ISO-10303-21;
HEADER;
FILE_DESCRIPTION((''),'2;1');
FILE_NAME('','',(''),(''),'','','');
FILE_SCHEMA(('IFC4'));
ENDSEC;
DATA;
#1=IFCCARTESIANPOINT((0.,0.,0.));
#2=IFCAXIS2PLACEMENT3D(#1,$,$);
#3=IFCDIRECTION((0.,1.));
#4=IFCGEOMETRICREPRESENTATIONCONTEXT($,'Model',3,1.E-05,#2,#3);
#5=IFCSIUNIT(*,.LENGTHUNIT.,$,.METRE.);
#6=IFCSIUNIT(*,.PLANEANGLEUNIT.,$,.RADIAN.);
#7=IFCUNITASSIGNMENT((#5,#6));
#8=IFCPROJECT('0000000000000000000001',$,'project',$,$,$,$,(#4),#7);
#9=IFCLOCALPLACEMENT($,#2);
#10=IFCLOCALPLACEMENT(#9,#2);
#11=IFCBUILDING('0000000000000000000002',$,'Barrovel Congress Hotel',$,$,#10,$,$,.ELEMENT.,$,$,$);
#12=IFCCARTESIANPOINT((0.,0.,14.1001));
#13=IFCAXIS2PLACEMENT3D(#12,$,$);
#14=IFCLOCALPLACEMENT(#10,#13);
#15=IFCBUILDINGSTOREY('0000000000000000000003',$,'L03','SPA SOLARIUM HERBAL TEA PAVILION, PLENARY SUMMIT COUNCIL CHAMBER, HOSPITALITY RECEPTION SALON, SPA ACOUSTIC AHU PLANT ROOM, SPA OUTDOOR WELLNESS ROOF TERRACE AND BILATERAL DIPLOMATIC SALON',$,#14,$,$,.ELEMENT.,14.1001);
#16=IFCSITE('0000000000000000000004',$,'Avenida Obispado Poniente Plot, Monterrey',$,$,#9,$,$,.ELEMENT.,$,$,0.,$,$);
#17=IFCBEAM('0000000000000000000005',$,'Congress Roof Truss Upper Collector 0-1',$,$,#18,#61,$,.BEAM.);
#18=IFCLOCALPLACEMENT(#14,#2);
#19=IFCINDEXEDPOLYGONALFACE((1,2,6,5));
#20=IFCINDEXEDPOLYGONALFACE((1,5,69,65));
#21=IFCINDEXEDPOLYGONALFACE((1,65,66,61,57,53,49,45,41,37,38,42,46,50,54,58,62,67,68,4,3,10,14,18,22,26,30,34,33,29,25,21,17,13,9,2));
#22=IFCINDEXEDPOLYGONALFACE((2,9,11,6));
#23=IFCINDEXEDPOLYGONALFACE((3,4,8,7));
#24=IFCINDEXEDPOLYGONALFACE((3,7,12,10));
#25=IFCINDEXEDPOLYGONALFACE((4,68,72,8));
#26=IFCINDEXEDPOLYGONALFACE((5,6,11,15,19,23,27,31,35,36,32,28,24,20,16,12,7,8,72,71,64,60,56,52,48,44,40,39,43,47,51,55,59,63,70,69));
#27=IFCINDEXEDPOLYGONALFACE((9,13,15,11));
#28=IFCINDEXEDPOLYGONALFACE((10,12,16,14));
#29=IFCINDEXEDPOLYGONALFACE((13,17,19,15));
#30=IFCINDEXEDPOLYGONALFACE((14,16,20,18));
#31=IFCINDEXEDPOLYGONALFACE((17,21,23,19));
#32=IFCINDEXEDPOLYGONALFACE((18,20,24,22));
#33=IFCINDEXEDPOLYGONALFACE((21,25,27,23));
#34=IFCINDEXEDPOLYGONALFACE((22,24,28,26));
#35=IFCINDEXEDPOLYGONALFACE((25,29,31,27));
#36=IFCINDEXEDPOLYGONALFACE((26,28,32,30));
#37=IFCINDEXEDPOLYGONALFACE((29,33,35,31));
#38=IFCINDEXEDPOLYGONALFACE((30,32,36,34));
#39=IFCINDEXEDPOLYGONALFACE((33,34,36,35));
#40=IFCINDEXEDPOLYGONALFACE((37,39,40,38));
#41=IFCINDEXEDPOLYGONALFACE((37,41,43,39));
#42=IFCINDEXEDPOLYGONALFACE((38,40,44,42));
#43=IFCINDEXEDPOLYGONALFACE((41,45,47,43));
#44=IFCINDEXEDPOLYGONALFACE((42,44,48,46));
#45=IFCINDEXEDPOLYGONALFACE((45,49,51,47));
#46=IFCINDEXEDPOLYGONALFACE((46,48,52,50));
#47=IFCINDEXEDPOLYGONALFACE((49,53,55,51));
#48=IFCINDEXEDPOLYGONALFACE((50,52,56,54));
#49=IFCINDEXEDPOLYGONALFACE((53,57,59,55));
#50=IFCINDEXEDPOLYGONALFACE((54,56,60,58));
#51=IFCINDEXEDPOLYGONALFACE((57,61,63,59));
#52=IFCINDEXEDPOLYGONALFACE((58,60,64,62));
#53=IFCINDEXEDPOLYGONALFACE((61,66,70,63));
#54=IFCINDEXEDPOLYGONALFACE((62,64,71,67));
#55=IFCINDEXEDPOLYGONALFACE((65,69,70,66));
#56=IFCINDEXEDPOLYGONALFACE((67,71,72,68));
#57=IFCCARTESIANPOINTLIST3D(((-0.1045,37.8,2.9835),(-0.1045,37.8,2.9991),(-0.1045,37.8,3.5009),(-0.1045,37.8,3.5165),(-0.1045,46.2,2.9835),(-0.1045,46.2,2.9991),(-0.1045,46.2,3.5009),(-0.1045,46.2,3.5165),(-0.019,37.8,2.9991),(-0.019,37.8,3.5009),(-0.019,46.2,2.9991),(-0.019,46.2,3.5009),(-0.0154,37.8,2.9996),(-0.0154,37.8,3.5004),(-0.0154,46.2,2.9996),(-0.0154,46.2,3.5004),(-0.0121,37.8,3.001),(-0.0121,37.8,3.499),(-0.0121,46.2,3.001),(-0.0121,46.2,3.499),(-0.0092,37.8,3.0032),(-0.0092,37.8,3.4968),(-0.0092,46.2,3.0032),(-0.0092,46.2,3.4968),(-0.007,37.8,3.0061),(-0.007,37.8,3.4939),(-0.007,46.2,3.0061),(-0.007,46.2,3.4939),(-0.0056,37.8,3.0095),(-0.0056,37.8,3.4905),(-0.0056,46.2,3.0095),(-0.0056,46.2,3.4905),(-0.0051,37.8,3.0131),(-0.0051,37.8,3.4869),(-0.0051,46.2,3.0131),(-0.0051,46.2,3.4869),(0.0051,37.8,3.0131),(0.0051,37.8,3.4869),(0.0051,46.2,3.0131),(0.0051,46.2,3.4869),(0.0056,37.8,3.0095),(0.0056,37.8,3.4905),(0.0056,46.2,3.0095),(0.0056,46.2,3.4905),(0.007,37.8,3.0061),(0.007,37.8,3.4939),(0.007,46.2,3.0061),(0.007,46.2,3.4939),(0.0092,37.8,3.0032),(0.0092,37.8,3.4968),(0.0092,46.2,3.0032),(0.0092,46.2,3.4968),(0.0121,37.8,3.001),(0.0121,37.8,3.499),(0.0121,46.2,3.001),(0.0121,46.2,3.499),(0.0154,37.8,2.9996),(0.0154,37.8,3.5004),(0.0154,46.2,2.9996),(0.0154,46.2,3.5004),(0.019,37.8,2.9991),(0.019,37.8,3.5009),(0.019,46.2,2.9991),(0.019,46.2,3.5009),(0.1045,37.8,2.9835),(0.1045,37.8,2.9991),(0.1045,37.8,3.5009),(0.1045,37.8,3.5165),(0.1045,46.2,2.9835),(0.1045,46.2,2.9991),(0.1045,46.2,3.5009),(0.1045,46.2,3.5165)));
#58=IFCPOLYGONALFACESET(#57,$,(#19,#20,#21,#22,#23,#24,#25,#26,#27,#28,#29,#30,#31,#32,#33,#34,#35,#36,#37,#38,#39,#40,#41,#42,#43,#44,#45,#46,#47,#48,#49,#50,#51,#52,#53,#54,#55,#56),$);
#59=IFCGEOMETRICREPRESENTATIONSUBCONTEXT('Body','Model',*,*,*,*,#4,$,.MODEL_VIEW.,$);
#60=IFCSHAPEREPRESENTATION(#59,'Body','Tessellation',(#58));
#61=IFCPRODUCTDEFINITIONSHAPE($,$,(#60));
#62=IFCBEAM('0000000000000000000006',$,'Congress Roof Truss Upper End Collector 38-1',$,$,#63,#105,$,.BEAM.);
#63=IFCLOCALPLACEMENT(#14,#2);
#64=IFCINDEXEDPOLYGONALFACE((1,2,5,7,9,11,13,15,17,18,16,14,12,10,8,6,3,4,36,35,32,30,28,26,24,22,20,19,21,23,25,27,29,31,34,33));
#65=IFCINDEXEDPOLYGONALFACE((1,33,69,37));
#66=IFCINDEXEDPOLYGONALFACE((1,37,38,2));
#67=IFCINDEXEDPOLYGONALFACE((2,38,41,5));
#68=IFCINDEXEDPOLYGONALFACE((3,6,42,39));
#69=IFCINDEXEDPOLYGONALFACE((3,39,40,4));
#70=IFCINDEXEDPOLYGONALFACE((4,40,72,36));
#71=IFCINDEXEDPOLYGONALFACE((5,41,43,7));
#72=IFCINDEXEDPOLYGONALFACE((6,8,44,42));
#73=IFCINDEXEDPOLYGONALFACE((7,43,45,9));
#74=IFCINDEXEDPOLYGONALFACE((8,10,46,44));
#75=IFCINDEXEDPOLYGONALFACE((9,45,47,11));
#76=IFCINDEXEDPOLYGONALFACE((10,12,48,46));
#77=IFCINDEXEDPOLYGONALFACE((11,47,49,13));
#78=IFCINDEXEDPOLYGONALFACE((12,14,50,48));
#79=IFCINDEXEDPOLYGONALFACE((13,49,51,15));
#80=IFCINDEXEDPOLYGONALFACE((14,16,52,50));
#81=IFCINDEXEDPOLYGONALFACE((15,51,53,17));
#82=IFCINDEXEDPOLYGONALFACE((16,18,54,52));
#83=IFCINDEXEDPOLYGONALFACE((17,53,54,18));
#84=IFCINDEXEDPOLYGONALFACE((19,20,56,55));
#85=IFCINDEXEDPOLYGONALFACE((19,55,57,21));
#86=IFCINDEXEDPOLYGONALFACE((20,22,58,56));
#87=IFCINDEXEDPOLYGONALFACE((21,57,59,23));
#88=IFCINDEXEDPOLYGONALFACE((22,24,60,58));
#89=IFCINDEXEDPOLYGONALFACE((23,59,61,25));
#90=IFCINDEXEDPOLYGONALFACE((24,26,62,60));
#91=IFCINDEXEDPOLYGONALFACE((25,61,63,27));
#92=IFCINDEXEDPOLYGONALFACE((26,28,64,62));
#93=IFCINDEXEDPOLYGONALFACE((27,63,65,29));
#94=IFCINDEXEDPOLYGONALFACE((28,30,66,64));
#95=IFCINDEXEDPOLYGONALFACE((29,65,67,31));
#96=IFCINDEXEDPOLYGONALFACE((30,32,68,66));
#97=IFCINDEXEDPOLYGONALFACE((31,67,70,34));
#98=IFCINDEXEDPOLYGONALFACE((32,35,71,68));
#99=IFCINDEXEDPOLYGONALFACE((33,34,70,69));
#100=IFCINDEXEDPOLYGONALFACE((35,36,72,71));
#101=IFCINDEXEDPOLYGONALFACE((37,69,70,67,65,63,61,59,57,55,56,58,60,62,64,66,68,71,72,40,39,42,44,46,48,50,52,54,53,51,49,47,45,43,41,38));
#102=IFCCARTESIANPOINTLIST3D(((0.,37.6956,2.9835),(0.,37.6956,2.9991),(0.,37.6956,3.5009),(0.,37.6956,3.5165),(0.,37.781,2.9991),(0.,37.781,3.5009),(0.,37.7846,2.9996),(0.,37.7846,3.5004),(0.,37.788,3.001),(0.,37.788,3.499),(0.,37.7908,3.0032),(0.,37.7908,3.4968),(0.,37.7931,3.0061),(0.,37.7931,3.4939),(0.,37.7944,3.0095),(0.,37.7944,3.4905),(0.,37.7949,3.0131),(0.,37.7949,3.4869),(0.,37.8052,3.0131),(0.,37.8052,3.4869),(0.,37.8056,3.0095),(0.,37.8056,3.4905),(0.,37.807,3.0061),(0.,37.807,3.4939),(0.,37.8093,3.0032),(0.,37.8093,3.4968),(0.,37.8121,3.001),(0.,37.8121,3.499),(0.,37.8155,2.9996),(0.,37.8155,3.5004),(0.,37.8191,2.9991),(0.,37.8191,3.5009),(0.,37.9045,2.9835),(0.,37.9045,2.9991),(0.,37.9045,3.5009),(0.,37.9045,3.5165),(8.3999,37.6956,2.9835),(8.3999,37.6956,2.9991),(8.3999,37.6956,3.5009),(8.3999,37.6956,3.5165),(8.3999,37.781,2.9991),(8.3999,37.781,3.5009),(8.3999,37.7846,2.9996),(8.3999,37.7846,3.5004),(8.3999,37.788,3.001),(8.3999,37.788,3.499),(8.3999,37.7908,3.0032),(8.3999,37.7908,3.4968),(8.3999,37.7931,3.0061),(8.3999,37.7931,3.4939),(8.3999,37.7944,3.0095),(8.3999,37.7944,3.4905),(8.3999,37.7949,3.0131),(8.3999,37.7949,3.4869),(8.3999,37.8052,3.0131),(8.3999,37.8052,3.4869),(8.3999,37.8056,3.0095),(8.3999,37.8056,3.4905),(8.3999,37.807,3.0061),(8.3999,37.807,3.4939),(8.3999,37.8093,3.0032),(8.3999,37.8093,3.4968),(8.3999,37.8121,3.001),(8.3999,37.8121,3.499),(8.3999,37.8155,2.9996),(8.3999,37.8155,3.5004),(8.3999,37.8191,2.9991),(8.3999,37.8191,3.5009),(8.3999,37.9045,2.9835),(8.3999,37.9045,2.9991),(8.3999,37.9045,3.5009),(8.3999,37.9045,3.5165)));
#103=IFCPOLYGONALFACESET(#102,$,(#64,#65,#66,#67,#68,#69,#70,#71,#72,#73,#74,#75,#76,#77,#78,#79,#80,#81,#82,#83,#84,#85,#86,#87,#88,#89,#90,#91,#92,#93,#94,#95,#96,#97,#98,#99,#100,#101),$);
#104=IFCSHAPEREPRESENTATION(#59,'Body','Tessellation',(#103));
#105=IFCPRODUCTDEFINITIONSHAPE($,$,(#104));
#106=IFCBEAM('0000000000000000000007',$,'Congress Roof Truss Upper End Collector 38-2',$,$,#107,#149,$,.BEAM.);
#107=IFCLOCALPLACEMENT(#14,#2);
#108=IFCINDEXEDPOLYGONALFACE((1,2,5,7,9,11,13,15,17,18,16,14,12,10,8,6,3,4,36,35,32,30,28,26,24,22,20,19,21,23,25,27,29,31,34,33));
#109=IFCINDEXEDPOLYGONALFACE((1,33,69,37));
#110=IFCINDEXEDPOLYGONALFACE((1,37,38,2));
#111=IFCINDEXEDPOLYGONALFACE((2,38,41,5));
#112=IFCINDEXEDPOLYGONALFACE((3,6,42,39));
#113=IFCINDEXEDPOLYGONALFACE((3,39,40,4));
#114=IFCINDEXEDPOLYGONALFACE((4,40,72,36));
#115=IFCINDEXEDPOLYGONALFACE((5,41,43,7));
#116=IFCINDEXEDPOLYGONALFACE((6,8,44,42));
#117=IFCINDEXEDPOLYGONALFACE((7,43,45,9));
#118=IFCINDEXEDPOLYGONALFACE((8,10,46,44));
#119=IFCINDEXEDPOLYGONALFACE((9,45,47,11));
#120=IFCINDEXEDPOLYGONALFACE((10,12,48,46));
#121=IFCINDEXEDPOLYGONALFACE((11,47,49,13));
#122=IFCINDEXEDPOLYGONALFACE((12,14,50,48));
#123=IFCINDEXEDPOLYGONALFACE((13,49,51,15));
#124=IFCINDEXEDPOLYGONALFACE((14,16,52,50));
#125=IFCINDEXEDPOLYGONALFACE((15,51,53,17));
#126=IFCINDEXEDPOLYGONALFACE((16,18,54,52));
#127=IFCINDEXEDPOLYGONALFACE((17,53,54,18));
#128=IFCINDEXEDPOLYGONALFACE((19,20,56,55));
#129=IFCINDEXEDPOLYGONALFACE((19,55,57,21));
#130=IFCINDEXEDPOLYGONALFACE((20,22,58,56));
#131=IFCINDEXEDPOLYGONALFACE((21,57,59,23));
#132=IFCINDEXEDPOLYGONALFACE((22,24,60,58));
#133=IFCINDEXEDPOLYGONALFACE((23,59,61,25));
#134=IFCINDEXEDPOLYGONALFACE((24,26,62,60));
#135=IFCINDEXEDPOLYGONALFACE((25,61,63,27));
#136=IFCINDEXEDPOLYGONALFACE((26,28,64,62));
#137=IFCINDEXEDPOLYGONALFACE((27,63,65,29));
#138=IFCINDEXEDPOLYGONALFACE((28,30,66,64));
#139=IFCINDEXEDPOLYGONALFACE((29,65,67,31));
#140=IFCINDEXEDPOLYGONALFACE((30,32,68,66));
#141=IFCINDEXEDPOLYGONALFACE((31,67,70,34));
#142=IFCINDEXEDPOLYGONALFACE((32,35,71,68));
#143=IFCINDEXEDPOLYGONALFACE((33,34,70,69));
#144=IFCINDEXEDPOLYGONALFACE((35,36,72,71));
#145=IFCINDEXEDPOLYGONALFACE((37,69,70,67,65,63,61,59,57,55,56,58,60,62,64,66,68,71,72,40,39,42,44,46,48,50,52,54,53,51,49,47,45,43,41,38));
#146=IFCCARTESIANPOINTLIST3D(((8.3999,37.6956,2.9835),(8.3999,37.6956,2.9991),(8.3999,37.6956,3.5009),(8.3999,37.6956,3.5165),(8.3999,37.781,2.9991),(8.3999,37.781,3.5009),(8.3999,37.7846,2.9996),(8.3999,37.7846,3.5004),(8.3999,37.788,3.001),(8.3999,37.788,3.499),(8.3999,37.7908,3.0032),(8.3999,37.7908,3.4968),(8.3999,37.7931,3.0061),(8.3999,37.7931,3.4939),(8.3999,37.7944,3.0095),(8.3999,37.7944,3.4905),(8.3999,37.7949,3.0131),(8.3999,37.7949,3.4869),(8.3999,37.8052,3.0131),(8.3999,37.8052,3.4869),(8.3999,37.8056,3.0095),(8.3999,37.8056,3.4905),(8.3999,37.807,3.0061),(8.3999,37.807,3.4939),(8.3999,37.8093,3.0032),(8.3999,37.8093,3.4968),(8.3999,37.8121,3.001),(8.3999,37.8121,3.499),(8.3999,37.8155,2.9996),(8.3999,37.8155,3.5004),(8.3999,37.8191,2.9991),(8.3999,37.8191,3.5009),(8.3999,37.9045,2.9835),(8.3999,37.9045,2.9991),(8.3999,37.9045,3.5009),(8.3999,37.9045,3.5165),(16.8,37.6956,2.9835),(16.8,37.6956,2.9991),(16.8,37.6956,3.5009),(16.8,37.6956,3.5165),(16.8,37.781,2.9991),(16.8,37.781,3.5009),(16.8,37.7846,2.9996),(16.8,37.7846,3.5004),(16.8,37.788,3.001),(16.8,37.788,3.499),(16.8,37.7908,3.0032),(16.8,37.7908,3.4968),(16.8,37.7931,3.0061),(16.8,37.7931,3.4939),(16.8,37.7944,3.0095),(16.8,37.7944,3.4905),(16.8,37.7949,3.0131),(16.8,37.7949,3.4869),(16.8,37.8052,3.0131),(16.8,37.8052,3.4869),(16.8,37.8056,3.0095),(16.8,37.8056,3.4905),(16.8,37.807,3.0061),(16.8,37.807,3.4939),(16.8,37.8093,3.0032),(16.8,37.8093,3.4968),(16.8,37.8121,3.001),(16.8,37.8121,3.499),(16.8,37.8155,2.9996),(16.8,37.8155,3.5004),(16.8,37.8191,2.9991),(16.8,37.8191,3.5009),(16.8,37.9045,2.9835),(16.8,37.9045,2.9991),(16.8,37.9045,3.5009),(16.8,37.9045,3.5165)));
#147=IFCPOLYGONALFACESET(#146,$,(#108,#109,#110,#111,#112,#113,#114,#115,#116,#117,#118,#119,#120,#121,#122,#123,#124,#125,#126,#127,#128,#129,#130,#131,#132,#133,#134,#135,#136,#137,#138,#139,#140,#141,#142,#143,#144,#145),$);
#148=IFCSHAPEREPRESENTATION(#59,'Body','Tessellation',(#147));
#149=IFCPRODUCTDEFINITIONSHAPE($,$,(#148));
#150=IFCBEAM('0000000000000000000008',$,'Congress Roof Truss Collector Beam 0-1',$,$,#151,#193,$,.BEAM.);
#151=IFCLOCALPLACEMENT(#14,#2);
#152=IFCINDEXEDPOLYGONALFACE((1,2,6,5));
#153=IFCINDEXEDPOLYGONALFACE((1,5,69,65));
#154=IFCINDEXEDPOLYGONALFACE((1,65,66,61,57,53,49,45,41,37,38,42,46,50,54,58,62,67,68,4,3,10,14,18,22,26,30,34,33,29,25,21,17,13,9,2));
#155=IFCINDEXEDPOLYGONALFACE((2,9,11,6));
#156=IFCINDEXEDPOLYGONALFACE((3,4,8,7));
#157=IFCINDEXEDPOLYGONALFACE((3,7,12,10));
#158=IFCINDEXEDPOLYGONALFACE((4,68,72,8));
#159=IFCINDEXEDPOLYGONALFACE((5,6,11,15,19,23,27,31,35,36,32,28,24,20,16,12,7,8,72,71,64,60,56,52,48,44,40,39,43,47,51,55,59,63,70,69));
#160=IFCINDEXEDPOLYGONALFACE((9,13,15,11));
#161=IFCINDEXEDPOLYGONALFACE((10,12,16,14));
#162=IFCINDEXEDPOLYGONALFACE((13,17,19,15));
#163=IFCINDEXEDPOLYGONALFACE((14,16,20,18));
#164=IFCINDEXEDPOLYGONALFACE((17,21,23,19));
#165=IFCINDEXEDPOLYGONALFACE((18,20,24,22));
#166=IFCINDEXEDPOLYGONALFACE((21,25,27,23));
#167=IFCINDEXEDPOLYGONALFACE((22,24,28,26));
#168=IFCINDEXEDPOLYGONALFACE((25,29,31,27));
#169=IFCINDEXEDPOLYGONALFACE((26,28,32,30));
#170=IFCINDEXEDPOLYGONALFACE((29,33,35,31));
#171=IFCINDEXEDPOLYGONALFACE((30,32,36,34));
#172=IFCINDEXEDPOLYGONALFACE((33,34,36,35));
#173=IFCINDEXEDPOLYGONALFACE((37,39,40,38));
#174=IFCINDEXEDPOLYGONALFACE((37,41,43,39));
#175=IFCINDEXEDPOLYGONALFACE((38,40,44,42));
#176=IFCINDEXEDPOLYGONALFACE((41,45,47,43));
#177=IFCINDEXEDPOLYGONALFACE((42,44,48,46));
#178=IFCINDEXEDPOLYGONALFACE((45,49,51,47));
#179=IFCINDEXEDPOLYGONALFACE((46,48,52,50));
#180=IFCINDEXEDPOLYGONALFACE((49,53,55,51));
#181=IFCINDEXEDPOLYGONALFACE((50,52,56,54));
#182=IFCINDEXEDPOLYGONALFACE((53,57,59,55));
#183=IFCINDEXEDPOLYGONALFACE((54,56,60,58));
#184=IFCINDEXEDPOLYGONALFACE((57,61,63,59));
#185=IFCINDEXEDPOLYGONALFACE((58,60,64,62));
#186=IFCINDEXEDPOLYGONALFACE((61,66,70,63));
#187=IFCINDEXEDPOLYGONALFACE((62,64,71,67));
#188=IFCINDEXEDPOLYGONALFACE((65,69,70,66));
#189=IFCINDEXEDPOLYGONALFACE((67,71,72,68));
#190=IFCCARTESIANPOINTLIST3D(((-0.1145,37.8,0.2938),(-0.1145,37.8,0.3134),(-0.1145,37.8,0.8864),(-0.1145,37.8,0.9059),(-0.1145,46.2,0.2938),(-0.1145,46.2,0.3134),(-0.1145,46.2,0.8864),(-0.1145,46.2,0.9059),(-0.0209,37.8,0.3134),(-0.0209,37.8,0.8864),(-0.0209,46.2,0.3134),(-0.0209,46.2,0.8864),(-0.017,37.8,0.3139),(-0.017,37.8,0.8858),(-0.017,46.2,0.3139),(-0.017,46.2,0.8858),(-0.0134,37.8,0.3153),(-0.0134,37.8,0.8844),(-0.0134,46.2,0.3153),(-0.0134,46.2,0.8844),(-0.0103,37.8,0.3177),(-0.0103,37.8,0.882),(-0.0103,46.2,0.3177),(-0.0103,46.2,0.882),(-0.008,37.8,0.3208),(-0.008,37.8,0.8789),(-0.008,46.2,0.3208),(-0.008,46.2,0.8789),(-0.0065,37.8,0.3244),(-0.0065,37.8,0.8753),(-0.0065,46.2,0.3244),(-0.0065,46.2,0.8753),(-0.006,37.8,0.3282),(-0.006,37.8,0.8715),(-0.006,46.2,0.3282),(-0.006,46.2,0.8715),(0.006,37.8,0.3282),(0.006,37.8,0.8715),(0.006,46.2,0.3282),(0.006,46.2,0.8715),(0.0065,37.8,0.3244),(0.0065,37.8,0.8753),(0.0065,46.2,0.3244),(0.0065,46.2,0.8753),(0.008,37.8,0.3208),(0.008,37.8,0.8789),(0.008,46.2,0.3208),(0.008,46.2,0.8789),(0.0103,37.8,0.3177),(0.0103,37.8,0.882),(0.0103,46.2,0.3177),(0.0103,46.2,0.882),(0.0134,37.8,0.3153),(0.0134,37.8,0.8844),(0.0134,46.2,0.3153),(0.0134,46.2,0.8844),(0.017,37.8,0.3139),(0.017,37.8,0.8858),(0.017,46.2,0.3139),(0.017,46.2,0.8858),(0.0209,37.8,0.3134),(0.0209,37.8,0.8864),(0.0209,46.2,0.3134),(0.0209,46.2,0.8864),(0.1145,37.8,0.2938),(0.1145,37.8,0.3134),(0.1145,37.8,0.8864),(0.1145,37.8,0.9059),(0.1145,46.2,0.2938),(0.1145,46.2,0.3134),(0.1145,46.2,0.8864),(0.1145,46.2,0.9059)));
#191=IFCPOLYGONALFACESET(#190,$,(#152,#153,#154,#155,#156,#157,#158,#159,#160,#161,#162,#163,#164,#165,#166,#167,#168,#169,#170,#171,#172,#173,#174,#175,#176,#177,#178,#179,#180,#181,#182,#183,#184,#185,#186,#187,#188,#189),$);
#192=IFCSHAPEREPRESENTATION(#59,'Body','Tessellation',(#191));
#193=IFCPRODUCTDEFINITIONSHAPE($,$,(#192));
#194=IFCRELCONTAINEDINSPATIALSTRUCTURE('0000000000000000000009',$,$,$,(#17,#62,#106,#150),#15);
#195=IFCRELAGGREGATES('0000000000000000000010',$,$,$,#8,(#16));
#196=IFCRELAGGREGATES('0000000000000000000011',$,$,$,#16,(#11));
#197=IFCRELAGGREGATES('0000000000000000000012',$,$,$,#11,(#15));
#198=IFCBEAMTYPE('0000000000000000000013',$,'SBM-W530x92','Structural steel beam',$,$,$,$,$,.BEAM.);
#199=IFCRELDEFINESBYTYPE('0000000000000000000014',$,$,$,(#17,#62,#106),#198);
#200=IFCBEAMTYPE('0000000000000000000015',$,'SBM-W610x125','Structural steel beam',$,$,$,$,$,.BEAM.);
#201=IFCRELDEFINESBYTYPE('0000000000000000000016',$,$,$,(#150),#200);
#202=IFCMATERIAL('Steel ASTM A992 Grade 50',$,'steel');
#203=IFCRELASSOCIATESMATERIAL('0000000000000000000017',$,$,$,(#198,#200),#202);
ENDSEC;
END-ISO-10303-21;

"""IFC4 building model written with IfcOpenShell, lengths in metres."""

from ifc_helpers import new_model, si_unit, direction, frame, origin, origin_2d, place, context, subcontext, project, spatial, i_section, extrude, material, material_profile, profile_set, type_object, element, save


model = new_model("IFC4")

# Units and contexts
model_context = context("Model", 3, precision=1e-05, world=origin(), true_north=direction((0.0, 1.0)))
body_context = subcontext(model_context, "Body", "Model", "MODEL_VIEW")
ifc_project = project(units=[si_unit("LENGTHUNIT", "METRE"), si_unit("PLANEANGLEUNIT", "RADIAN")], contexts=[model_context])

# Site, building, storey
site_placement = place(None, origin())
site = spatial("IfcSite", under=ifc_project, at=site_placement, Name="Avenida Obispado Poniente Plot, Monterrey", CompositionType="ELEMENT", RefElevation=0.0)
building_placement = place(site_placement, origin())
building = spatial("IfcBuilding", under=site, at=building_placement, Name="Barrovel Congress Hotel", CompositionType="ELEMENT")
storey_placement = place(building_placement, frame((0.0, 0.0, 14.1001)))
storey = spatial("IfcBuildingStorey", under=building, at=storey_placement, Name="L03", Description="SPA SOLARIUM HERBAL TEA PAVILION, PLENARY SUMMIT COUNCIL CHAMBER, HOSPITALITY RECEPTION SALON, SPA ACOUSTIC AHU PLANT ROOM, SPA OUTDOOR WELLNESS ROOF TERRACE AND BILATERAL DIPLOMATIC SALON", CompositionType="ELEMENT", Elevation=14.1001)

# Beams
ifc_material_1 = material(Name="Steel ASTM A992 Grade 50", Category="steel")
ifc_material_profile_1 = material_profile(ifc_material_1, i_section(OverallWidth=0.209, OverallDepth=0.533, WebThickness=0.0103, FlangeThickness=0.0156, FilletRadius=0.0139, at=origin_2d()), Name="W530x92")
ifc_profile_set_1 = profile_set([ifc_material_profile_1], Name="Steel ASTM A992 Grade 50")
beam_type_1 = type_object("IfcBeamType", Name="SBM-W530x92", Description="Structural steel beam", PredefinedType="BEAM", material=ifc_profile_set_1)
for number, where, z_axis, x_axis, name in (
    (1, (0.0, 37.8, 3.25), (0.0, 1.0, 0.0), (-1.0, 0.0, 0.0), "Congress Roof Truss Upper Collector 0-1"),
    (2, (0.0, 37.8, 3.25), (1.0, 0.0, 0.0), (0.0, 1.0, 0.0), "Congress Roof Truss Upper End Collector 38-1"),
):
    element("IfcBeam", number, at=place(storey_placement, frame(where, z_axis=z_axis, x_axis=x_axis)), inside=storey, type_object=beam_type_1, Name=name, PredefinedType="BEAM", context=body_context, shape_type="SweptSolid", body=[
        extrude(i_section(OverallWidth=0.209, OverallDepth=0.533, WebThickness=0.0103, FlangeThickness=0.0156, FilletRadius=0.0139, at=origin_2d()), origin(), (0.0, 0.0, 1.0), 8.3999),
    ])
beam_1_placement = place(storey_placement, frame((8.3999, 37.8, 3.25), z_axis=(1.0, 0.0, 0.0), x_axis=(0.0, 1.0, 0.0)))
element("IfcBeam", 3, at=beam_1_placement, inside=storey, type_object=beam_type_1, Name="Congress Roof Truss Upper End Collector 38-2", PredefinedType="BEAM", context=body_context, shape_type="SweptSolid", body=[
    extrude(i_section(OverallWidth=0.209, OverallDepth=0.533, WebThickness=0.0103, FlangeThickness=0.0156, FilletRadius=0.0139, at=origin_2d()), origin(), (0.0, 0.0, 1.0), 8.4001),
])
ifc_material_profile_2 = material_profile(ifc_material_1, i_section(OverallWidth=0.229, OverallDepth=0.6121, WebThickness=0.012, FlangeThickness=0.0195, FilletRadius=0.0149, at=origin_2d()), Name="W610x125")
ifc_profile_set_2 = profile_set([ifc_material_profile_2], Name="Steel ASTM A992 Grade 50")
beam_type_2 = type_object("IfcBeamType", Name="SBM-W610x125", Description="Structural steel beam", PredefinedType="BEAM", material=ifc_profile_set_2)
for number, where, z_axis, x_axis, name in (
    (4, (0.0, 37.8, 0.5999), (0.0, 1.0, 0.0), (-1.0, 0.0, 0.0), "Congress Roof Truss Collector Beam 0-1"),
):
    element("IfcBeam", number, at=place(storey_placement, frame(where, z_axis=z_axis, x_axis=x_axis)), inside=storey, type_object=beam_type_2, Name=name, PredefinedType="BEAM", context=body_context, shape_type="SweptSolid", body=[
        extrude(i_section(OverallWidth=0.229, OverallDepth=0.6121, WebThickness=0.012, FlangeThickness=0.0195, FilletRadius=0.0149, at=origin_2d()), origin(), (0.0, 0.0, 1.0), 8.3999),
    ])

save(model, "model.ifc")
